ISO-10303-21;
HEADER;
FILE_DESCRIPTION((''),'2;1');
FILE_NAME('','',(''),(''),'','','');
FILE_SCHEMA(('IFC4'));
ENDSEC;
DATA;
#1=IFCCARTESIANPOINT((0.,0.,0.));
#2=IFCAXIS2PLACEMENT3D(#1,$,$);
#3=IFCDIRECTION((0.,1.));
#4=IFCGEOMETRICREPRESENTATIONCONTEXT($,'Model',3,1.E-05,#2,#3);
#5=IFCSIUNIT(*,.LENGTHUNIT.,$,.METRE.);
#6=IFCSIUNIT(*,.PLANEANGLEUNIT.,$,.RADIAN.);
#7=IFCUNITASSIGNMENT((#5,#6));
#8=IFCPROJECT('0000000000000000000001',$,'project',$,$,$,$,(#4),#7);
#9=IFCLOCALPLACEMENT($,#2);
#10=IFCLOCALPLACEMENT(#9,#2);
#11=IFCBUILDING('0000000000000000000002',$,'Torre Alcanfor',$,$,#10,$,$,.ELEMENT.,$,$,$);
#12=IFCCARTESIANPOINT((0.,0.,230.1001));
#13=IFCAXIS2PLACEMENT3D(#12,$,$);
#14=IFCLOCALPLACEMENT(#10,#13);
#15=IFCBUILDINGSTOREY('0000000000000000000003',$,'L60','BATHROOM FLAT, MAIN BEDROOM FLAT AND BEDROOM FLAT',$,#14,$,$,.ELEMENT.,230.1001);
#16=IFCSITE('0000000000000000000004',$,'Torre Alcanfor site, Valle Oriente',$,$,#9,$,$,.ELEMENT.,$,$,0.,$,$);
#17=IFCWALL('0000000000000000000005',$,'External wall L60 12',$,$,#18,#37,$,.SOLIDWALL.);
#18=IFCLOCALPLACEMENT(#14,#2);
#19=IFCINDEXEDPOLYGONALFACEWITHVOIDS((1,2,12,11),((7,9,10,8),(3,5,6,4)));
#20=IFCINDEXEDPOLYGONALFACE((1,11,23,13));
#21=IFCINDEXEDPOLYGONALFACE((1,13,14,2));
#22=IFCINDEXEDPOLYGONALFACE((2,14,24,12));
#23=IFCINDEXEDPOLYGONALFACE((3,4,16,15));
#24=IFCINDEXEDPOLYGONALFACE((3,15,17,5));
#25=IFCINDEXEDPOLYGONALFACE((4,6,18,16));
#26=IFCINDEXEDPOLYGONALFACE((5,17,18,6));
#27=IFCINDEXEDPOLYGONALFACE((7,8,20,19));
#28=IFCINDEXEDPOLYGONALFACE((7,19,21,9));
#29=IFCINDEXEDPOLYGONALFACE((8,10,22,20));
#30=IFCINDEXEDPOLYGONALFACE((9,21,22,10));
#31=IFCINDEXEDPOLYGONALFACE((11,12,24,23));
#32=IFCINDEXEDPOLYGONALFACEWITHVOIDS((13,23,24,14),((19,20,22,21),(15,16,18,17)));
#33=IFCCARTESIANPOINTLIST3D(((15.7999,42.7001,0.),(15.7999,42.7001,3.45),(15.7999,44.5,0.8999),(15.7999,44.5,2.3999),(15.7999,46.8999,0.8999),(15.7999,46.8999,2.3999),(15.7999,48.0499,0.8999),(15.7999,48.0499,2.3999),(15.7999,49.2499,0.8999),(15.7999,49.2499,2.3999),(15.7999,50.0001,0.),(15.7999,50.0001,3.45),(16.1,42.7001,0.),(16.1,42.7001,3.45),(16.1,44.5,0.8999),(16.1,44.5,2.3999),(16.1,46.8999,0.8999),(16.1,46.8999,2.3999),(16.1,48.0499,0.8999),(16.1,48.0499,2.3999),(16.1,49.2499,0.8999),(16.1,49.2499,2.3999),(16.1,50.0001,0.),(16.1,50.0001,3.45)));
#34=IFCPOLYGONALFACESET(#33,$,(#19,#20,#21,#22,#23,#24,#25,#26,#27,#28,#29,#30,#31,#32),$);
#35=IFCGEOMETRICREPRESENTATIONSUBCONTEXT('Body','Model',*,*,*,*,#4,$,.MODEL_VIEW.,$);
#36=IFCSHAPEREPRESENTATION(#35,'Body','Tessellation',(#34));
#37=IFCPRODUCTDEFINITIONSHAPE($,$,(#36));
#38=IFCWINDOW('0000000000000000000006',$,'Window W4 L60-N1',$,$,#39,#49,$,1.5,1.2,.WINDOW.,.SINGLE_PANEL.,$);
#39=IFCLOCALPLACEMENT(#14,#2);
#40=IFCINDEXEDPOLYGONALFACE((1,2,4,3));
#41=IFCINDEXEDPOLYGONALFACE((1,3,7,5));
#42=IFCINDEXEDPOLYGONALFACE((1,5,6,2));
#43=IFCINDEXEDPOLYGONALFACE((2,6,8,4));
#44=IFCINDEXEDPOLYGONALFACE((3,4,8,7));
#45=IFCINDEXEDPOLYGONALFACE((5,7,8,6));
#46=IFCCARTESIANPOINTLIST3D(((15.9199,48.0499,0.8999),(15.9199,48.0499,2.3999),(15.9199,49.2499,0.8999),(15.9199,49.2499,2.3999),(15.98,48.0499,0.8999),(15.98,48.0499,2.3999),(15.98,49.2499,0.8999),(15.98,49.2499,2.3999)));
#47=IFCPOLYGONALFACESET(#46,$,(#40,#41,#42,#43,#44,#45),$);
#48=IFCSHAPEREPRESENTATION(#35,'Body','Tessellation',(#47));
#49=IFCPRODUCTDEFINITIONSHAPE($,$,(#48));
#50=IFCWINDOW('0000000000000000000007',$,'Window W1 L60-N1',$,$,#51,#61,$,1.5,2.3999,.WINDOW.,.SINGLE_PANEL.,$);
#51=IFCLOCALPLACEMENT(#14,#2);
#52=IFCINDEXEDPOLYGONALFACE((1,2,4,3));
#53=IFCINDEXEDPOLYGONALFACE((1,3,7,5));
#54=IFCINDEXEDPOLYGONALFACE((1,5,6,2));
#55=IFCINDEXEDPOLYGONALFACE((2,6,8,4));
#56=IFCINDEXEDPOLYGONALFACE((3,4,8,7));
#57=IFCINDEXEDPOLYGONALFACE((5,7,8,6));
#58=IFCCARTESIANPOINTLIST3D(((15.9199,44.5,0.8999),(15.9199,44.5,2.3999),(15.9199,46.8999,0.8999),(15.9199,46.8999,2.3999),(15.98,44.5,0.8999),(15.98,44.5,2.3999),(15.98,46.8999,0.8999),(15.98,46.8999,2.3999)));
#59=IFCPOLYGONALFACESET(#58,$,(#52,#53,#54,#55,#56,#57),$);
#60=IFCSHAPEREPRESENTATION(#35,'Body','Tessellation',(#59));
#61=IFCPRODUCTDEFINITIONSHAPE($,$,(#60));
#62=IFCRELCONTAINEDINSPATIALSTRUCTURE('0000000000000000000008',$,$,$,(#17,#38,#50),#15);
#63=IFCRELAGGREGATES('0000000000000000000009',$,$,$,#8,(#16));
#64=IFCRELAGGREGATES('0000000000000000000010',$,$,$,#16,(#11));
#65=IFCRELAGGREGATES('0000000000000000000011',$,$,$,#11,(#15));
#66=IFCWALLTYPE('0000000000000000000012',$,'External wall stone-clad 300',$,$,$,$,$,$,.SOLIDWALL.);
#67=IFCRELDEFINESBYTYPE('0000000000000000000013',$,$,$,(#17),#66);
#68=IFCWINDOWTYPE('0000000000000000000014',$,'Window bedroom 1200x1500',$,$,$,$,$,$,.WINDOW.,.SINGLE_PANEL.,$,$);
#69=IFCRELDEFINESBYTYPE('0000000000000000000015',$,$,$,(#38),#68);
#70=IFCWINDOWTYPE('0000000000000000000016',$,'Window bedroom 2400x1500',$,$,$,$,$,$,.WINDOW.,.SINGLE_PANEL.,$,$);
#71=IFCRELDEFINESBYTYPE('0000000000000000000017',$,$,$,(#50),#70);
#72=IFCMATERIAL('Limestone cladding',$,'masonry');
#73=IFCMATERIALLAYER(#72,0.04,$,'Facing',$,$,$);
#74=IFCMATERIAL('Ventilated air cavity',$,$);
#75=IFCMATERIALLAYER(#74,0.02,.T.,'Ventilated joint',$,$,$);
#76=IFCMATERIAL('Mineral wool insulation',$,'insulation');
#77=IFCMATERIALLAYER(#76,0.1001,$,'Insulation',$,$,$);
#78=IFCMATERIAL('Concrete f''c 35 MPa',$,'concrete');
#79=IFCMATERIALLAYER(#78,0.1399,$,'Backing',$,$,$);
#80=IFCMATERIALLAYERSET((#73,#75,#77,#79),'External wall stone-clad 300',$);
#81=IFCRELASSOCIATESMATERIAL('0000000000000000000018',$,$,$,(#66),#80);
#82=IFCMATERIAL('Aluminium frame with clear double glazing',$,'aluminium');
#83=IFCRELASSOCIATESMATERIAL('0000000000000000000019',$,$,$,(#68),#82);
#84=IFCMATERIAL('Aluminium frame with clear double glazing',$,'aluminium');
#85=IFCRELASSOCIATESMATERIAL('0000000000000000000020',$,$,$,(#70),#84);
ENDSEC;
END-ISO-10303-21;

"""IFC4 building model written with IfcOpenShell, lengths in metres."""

from ifc_helpers import new_model, si_unit, direction, frame, frame_2d, origin, place, context, subcontext, project, spatial, rectangle, extrude, material, layer, layer_set, type_object, element, fill, save


model = new_model("IFC4")

# Units and contexts
model_context = context("Model", 3, precision=1e-05, world=origin(), true_north=direction((0.0, 1.0)))
body_context = subcontext(model_context, "Body", "Model", "MODEL_VIEW")
ifc_project = project(units=[si_unit("LENGTHUNIT", "METRE"), si_unit("PLANEANGLEUNIT", "RADIAN")], contexts=[model_context])

# Site, building, storey
site_placement = place(None, origin())
site = spatial("IfcSite", under=ifc_project, at=site_placement, Name="Torre Alcanfor site, Valle Oriente", CompositionType="ELEMENT", RefElevation=0.0)
building_placement = place(site_placement, origin())
building = spatial("IfcBuilding", under=site, at=building_placement, Name="Torre Alcanfor", CompositionType="ELEMENT")
storey_placement = place(building_placement, frame((0.0, 0.0, 230.1001)))
storey = spatial("IfcBuildingStorey", under=building, at=storey_placement, Name="L60", Description="BATHROOM FLAT, MAIN BEDROOM FLAT AND BEDROOM FLAT", CompositionType="ELEMENT", Elevation=230.1001)

# Shared definitions
ifc_material_1 = material(Name="Limestone cladding", Category="masonry")
ifc_layer_1 = layer(ifc_material_1, 0.04, Name="Facing")
ifc_material_2 = material(Name="Ventilated air cavity")
ifc_layer_2 = layer(ifc_material_2, 0.02, ventilated=True, Name="Ventilated joint")
ifc_material_3 = material(Name="Mineral wool insulation", Category="insulation")
ifc_layer_3 = layer(ifc_material_3, 0.1001, Name="Insulation")
ifc_material_4 = material(Name="Concrete f'c 35 MPa", Category="concrete")
ifc_layer_4 = layer(ifc_material_4, 0.1399, Name="Backing")
ifc_layer_set_1 = layer_set([ifc_layer_1, ifc_layer_2, ifc_layer_3, ifc_layer_4], Name="External wall stone-clad 300")
wall_type_1 = type_object("IfcWallType", Name="External wall stone-clad 300", PredefinedType="SOLIDWALL", material=ifc_layer_set_1)
ifc_material_5 = material(Name="Aluminium frame with clear double glazing", Category="aluminium")
window_type_1 = type_object("IfcWindowType", Name="Window bedroom 1200x1500", PartitioningType="SINGLE_PANEL", PredefinedType="WINDOW", material=ifc_material_5)

# Wall, openings, windows
wall_1_placement = place(storey_placement, frame((15.95, 50.0, 0.0), z_axis=(0.0, 0.0, 1.0), x_axis=(0.0, -1.0, 0.0)))
wall_1 = element("IfcWall", 1, at=wall_1_placement, inside=storey, type_object=wall_type_1, Name="External wall L60 12", PredefinedType="SOLIDWALL", context=body_context, shape_type="SweptSolid", body=[
    extrude(rectangle(XDim=7.3, YDim=0.3, at=frame_2d((3.6499, 0.0))), origin(), (0.0, 0.0, 1.0), 3.45),
])
opening_1_placement = place(wall_1_placement, frame((3.1001, 0.0, 0.8999)))
opening_1 = element("IfcOpeningElement", 2, at=opening_1_placement, cuts=wall_1, PredefinedType="OPENING", context=body_context, shape_type="SweptSolid", body=[
    extrude(rectangle(XDim=2.3999, YDim=1.5, at=frame_2d((1.2, 0.75))), frame((0.0, 0.1599, 0.0), z_axis=(0.0, -1.0, 0.0), x_axis=(1.0, 0.0, 0.0)), (0.0, 0.0, 1.0), 0.3201),
])
opening_2_placement = place(wall_1_placement, frame((0.75, 0.0, 0.8999)))
opening_2 = element("IfcOpeningElement", 3, at=opening_2_placement, cuts=wall_1, PredefinedType="OPENING", context=body_context, shape_type="SweptSolid", body=[
    extrude(rectangle(XDim=1.2, YDim=1.5, at=frame_2d((0.6001, 0.75))), frame((0.0, 0.1599, 0.0), z_axis=(0.0, -1.0, 0.0), x_axis=(1.0, 0.0, 0.0)), (0.0, 0.0, 1.0), 0.3201),
])
window_1_placement = place(opening_2_placement, origin())
window_1 = element("IfcWindow", 4, at=window_1_placement, inside=storey, type_object=window_type_1, Name="Window W4 L60-N1", OverallHeight=1.5, OverallWidth=1.2, PartitioningType="SINGLE_PANEL", PredefinedType="WINDOW", context=body_context, shape_type="SweptSolid", body=[
    extrude(rectangle(XDim=1.2, YDim=1.5, at=frame_2d((0.6001, 0.75))), frame((0.0, 0.03, 0.0), z_axis=(0.0, -1.0, 0.0), x_axis=(1.0, 0.0, 0.0)), (0.0, 0.0, 1.0), 0.0601),
])
fill(opening_2, window_1)
ifc_material_6 = material(Name="Aluminium frame with clear double glazing", Category="aluminium")
window_type_2 = type_object("IfcWindowType", Name="Window bedroom 2400x1500", PartitioningType="SINGLE_PANEL", PredefinedType="WINDOW", material=ifc_material_6)
window_2_placement = place(opening_1_placement, origin())
window_2 = element("IfcWindow", 5, at=window_2_placement, inside=storey, type_object=window_type_2, Name="Window W1 L60-N1", OverallHeight=1.5, OverallWidth=2.3999, PartitioningType="SINGLE_PANEL", PredefinedType="WINDOW", context=body_context, shape_type="SweptSolid", body=[
    extrude(rectangle(XDim=2.3999, YDim=1.5, at=frame_2d((1.2, 0.75))), frame((0.0, 0.03, 0.0), z_axis=(0.0, -1.0, 0.0), x_axis=(1.0, 0.0, 0.0)), (0.0, 0.0, 1.0), 0.0601),
])
fill(opening_1, window_2)

save(model, "model.ifc")
